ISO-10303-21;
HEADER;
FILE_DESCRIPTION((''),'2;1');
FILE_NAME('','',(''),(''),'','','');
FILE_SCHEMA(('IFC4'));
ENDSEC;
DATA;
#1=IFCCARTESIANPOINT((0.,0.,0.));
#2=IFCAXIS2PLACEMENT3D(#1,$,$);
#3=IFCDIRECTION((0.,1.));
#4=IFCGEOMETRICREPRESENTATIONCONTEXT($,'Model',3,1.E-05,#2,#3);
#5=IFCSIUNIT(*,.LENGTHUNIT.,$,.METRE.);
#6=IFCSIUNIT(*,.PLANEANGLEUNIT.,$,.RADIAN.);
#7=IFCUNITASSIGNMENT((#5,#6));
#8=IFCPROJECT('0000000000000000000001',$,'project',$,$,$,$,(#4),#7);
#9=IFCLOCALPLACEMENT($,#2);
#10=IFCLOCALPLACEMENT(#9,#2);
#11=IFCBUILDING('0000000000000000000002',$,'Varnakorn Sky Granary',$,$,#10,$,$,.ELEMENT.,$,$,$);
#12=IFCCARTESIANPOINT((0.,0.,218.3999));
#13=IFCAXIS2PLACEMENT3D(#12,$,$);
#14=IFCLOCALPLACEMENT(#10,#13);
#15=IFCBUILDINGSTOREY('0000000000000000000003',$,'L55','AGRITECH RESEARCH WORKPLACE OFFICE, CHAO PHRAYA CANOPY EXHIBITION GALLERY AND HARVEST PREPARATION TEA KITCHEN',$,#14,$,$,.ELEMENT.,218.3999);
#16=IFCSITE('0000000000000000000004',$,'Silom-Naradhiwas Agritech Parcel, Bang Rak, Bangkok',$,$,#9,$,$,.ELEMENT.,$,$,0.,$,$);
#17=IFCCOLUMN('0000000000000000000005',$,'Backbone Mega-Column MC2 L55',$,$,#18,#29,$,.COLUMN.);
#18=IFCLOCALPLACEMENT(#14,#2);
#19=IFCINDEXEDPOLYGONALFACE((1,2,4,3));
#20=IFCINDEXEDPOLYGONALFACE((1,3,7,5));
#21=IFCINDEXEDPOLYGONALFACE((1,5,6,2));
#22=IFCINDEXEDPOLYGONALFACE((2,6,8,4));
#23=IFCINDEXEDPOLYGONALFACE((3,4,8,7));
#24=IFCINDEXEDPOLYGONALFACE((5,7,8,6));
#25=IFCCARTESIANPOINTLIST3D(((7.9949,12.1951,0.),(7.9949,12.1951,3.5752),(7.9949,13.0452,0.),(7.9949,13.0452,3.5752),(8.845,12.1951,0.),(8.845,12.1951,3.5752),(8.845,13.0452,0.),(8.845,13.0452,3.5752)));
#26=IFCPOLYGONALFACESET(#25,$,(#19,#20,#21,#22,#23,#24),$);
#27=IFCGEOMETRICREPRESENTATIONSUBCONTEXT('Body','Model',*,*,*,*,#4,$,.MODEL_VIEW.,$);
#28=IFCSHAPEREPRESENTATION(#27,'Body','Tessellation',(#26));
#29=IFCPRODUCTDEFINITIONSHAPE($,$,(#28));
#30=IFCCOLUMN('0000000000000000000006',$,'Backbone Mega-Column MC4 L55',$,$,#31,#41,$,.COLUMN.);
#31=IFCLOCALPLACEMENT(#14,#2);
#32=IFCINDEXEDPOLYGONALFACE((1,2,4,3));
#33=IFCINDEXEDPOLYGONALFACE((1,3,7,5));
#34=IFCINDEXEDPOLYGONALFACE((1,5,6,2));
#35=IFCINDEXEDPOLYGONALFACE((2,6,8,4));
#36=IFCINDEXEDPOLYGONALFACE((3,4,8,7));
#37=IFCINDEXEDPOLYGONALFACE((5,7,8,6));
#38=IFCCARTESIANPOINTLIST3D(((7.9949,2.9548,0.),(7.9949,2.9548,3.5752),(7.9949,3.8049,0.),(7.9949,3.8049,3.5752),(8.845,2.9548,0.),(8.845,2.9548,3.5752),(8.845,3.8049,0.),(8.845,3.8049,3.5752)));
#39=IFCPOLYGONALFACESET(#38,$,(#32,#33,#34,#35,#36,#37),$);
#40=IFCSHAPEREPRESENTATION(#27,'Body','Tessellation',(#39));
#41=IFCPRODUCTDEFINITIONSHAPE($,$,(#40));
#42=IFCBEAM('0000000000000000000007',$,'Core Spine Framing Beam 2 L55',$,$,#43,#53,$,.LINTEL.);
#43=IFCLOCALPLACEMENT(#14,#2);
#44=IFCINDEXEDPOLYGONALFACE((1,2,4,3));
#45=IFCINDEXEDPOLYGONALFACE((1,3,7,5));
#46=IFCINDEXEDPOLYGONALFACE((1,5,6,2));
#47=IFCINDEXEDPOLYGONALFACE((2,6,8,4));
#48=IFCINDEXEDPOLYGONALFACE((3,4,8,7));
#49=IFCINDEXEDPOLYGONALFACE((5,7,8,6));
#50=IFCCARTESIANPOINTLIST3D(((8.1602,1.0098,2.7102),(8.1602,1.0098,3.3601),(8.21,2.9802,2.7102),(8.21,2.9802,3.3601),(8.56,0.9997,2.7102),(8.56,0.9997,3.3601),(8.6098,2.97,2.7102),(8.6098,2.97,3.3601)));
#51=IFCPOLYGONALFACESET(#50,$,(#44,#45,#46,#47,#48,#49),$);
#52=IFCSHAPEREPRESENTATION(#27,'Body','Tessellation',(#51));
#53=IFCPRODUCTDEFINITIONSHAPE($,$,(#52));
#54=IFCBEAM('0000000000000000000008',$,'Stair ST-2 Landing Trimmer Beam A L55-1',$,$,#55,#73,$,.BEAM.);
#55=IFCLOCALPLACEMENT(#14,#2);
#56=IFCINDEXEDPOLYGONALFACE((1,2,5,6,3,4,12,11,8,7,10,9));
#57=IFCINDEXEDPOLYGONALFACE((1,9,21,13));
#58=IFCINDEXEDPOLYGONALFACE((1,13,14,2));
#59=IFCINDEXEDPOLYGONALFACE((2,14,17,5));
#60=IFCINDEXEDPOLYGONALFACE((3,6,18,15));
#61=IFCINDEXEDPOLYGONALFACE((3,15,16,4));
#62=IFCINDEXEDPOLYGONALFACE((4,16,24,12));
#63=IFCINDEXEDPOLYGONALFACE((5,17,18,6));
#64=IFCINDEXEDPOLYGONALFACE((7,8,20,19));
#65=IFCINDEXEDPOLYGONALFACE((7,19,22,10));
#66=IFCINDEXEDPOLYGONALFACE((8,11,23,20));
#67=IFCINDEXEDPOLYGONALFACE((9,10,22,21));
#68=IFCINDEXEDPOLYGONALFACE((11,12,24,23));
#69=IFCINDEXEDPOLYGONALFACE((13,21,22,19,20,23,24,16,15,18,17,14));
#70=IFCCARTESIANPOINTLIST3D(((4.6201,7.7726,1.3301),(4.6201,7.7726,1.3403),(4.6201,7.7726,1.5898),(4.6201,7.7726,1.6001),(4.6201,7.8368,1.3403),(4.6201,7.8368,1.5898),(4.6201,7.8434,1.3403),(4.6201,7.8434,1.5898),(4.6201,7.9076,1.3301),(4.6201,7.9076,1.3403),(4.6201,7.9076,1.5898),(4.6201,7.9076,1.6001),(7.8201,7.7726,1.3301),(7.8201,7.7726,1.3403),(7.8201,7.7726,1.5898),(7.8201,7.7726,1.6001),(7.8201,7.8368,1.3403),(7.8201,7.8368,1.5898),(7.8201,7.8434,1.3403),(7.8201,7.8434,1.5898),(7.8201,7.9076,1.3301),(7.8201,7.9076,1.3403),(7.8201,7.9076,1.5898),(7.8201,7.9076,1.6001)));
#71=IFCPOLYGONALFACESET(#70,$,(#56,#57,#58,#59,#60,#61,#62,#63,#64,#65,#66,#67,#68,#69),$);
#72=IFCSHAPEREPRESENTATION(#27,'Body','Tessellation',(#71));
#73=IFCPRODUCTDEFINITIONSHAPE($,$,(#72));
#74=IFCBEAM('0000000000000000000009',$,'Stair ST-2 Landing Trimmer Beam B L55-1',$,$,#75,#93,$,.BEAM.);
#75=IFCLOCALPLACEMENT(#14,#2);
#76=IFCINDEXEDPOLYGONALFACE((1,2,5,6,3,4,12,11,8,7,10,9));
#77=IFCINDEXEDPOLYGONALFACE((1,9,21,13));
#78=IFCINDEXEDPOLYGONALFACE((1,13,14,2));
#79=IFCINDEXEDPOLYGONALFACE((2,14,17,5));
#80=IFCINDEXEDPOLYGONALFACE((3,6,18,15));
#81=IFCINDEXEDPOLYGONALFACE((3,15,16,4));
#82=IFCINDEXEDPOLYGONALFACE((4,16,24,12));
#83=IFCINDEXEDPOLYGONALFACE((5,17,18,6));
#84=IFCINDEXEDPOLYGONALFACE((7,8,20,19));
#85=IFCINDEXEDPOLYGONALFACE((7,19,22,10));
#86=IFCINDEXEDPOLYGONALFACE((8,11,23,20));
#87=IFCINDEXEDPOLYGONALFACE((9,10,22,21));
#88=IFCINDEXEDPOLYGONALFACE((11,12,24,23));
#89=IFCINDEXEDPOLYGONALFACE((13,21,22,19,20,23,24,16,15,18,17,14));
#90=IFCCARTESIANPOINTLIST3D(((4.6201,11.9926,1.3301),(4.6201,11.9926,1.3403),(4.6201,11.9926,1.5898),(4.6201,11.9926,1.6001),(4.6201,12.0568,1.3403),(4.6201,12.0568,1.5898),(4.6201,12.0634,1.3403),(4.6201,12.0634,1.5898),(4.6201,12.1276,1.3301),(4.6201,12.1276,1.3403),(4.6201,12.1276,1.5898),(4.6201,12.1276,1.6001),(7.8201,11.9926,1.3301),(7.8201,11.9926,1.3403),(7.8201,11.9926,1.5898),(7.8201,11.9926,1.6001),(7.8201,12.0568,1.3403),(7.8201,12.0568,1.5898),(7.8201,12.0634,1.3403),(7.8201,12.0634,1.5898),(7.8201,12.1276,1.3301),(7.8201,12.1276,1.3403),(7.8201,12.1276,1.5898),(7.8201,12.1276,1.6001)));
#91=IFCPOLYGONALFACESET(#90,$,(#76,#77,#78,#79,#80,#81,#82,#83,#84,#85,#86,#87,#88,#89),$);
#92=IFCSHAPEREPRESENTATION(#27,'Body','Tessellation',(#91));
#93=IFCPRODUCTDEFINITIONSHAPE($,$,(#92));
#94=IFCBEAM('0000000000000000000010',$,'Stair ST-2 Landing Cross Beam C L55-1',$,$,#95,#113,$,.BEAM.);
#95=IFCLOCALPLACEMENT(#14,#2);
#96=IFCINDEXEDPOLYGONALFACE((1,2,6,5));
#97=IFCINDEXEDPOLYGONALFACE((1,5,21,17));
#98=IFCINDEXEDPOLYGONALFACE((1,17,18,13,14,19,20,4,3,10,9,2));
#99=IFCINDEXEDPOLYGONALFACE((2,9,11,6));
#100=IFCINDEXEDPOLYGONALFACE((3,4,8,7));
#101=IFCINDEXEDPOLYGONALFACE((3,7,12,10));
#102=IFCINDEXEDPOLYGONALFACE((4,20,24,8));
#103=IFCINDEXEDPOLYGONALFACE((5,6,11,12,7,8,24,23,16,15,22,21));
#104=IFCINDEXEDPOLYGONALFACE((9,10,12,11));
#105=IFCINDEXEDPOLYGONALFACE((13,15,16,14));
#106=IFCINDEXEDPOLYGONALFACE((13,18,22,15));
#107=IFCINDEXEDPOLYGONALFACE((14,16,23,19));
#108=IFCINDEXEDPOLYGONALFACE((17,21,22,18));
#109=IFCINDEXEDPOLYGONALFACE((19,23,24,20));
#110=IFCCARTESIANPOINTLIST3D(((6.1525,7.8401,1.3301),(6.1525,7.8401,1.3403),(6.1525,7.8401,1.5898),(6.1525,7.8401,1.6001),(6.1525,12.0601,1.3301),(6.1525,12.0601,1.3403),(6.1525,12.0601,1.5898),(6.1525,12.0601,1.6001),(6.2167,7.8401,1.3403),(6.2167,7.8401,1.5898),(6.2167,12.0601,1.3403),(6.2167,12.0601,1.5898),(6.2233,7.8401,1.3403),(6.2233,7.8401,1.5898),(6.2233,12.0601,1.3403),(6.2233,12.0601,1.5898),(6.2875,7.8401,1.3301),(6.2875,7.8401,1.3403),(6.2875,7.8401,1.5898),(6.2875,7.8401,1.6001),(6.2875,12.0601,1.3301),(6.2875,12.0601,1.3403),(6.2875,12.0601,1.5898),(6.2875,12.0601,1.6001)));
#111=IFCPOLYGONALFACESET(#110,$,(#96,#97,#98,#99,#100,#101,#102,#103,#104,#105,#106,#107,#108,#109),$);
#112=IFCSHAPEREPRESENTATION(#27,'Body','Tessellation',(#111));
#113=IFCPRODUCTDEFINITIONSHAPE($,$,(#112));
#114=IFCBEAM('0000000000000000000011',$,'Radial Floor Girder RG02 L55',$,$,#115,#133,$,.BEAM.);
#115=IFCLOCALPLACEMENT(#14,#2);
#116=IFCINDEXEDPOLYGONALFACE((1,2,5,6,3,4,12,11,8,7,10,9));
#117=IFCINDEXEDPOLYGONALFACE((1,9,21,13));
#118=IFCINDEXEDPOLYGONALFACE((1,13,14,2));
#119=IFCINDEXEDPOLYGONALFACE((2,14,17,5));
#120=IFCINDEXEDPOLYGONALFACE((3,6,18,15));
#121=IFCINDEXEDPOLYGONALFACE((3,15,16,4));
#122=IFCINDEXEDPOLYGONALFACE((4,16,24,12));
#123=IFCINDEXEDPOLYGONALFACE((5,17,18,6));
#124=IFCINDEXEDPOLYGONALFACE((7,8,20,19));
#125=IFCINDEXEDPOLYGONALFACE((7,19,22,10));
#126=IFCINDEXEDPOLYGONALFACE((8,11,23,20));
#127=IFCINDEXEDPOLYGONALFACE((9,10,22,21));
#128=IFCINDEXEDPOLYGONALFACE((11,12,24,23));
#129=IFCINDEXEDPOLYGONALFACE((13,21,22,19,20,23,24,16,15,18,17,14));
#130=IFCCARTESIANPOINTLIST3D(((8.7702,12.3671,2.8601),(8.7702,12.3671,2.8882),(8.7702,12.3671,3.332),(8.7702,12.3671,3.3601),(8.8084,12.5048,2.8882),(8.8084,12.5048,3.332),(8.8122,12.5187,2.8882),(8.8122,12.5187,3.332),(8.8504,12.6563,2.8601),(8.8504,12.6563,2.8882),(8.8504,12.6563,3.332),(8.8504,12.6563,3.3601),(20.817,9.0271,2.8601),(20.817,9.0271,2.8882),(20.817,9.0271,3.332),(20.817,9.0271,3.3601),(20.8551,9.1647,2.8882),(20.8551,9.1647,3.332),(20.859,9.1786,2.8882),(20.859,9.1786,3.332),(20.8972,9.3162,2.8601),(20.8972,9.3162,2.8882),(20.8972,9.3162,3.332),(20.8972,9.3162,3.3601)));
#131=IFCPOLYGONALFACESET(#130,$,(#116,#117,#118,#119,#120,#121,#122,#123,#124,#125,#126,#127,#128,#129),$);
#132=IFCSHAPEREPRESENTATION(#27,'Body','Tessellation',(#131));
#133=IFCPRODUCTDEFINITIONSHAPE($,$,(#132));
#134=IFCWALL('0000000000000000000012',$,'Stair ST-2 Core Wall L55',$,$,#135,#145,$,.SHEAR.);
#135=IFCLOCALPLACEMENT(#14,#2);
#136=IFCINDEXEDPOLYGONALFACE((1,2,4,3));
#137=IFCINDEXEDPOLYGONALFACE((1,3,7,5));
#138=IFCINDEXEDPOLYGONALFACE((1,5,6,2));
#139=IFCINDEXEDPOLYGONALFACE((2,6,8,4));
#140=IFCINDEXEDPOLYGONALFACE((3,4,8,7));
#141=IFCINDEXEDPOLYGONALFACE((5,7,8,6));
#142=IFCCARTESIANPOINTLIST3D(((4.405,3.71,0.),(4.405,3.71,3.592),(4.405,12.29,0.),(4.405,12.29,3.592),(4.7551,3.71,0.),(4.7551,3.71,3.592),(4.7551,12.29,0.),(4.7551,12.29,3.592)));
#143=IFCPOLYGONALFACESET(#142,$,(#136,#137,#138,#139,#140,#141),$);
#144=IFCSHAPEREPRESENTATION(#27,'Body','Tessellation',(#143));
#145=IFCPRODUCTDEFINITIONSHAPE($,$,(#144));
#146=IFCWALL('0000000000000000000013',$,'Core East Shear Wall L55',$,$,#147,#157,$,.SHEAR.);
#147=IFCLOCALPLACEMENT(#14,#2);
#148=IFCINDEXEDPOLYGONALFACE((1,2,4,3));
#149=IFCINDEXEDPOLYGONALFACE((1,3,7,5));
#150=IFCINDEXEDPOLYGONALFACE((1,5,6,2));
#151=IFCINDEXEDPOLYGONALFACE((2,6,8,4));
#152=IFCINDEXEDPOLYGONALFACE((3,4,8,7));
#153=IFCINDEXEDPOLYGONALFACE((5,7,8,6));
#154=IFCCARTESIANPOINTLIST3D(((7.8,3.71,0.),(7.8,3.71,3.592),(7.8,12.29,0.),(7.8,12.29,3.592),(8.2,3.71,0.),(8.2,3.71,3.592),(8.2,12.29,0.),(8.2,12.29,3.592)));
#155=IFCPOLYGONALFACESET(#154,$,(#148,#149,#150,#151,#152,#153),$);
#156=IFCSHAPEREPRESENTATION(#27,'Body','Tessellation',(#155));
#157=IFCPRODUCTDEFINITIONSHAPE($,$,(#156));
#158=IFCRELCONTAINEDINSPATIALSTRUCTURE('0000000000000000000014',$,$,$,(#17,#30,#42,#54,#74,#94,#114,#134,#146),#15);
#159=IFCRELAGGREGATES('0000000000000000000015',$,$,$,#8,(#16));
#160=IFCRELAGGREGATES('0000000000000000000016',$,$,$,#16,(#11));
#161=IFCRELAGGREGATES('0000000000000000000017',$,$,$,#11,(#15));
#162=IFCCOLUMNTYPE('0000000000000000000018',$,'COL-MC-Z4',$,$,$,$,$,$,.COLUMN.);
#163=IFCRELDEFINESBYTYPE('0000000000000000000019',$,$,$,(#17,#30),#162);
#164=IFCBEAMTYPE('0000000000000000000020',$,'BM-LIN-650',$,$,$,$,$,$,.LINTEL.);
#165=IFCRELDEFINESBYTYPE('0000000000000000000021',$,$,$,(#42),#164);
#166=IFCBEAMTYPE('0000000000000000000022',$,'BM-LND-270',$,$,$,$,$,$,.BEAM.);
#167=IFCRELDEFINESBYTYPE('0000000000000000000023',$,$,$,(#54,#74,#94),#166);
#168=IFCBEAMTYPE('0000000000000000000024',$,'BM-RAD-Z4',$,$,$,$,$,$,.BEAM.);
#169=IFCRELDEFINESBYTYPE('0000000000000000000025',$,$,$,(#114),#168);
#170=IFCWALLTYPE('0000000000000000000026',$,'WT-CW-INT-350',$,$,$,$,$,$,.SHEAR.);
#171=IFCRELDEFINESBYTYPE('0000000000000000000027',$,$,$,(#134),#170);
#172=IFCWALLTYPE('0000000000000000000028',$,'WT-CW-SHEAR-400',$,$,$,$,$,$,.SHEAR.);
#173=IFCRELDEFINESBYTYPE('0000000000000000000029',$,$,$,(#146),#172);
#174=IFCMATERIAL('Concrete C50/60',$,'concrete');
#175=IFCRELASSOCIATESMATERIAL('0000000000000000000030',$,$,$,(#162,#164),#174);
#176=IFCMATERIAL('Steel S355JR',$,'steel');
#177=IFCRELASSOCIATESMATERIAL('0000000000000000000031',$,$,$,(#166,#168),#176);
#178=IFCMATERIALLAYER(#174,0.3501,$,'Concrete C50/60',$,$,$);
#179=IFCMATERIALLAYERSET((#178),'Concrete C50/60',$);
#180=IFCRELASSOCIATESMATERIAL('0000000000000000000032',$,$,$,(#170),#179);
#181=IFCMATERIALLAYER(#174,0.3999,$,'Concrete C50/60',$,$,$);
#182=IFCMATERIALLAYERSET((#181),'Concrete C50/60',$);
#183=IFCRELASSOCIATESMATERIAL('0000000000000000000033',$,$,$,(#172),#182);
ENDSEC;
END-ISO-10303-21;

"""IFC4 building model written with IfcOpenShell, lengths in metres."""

from ifc_helpers import new_model, si_unit, direction, frame, frame_2d, origin, origin_2d, place, context, subcontext, project, spatial, rectangle, i_section, extrude, material, layer, layer_set, material_profile, profile_set, type_object, element, save


model = new_model("IFC4")

# Units and contexts
model_context = context("Model", 3, precision=1e-05, world=origin(), true_north=direction((0.0, 1.0)))
body_context = subcontext(model_context, "Body", "Model", "MODEL_VIEW")
ifc_project = project(units=[si_unit("LENGTHUNIT", "METRE"), si_unit("PLANEANGLEUNIT", "RADIAN")], contexts=[model_context])

# Site, building, storey
site_placement = place(None, origin())
site = spatial("IfcSite", under=ifc_project, at=site_placement, Name="Silom-Naradhiwas Agritech Parcel, Bang Rak, Bangkok", CompositionType="ELEMENT", RefElevation=0.0)
building_placement = place(site_placement, origin())
building = spatial("IfcBuilding", under=site, at=building_placement, Name="Varnakorn Sky Granary", CompositionType="ELEMENT")
storey_placement = place(building_placement, frame((0.0, 0.0, 218.3999)))
storey = spatial("IfcBuildingStorey", under=building, at=storey_placement, Name="L55", Description="AGRITECH RESEARCH WORKPLACE OFFICE, CHAO PHRAYA CANOPY EXHIBITION GALLERY AND HARVEST PREPARATION TEA KITCHEN", CompositionType="ELEMENT", Elevation=218.3999)

# Columns
ifc_material_1 = material(Name="Concrete C50/60", Category="concrete")
ifc_material_profile_1 = material_profile(ifc_material_1, rectangle(XDim=0.8501, YDim=0.8501, at=origin_2d()), Name="RC 850x850")
ifc_profile_set_1 = profile_set([ifc_material_profile_1], Name="Concrete C50/60")
column_type = type_object("IfcColumnType", Name="COL-MC-Z4", PredefinedType="COLUMN", material=ifc_profile_set_1)
for number, where, z_axis, x_axis, name in (
    (1, (8.4199, 12.6201, 0.0), (0.0, 0.0, 1.0), (1.0, 0.0, 0.0), "Backbone Mega-Column MC2 L55"),
    (2, (8.4199, 3.3799, 0.0), (0.0, 0.0, 1.0), (1.0, 0.0, 0.0), "Backbone Mega-Column MC4 L55"),
):
    element("IfcColumn", number, at=place(storey_placement, frame(where, z_axis=z_axis, x_axis=x_axis)), inside=storey, type_object=column_type, Name=name, PredefinedType="COLUMN", context=body_context, shape_type="SweptSolid", body=[
        extrude(rectangle(XDim=0.8501, YDim=0.8501, at=origin_2d()), origin(), (0.0, 0.0, 1.0), 3.5752),
    ])

# Beams
ifc_material_profile_2 = material_profile(ifc_material_1, rectangle(XDim=0.3999, YDim=0.6499, at=origin_2d()), Name="RC 400x650")
ifc_profile_set_2 = profile_set([ifc_material_profile_2], Name="Concrete C50/60")
beam_type_1 = type_object("IfcBeamType", Name="BM-LIN-650", PredefinedType="LINTEL", material=ifc_profile_set_2)
beam_1_placement = place(storey_placement, frame((8.4099, 2.9751, 3.0352), z_axis=(-0.025271, -0.999681, 0.0), x_axis=(0.999681, -0.025271, 0.0)))
element("IfcBeam", 3, at=beam_1_placement, inside=storey, type_object=beam_type_1, Name="Core Spine Framing Beam 2 L55", PredefinedType="LINTEL", context=body_context, shape_type="SweptSolid", body=[
    extrude(rectangle(XDim=0.3999, YDim=0.6499, at=origin_2d()), origin(), (0.0, 0.0, 1.0), 1.9709),
])
ifc_material_2 = material(Name="Steel S355JR", Category="steel")
ifc_material_profile_3 = material_profile(ifc_material_2, i_section(OverallWidth=0.135, OverallDepth=0.27, WebThickness=0.0066, FlangeThickness=0.0103, at=origin_2d()), Name="IPE 270")
ifc_profile_set_3 = profile_set([ifc_material_profile_3], Name="Steel S355JR")
beam_type_2 = type_object("IfcBeamType", Name="BM-LND-270", PredefinedType="BEAM", material=ifc_profile_set_3)
for number, where, z_axis, x_axis, name in (
    (4, (4.6201, 7.8401, 1.4651), (1.0, 0.0, 0.0), (0.0, 1.0, 0.0), "Stair ST-2 Landing Trimmer Beam A L55-1"),
    (5, (4.6201, 12.0601, 1.4651), (1.0, 0.0, 0.0), (0.0, 1.0, 0.0), "Stair ST-2 Landing Trimmer Beam B L55-1"),
):
    element("IfcBeam", number, at=place(storey_placement, frame(where, z_axis=z_axis, x_axis=x_axis)), inside=storey, type_object=beam_type_2, Name=name, PredefinedType="BEAM", context=body_context, shape_type="SweptSolid", body=[
        extrude(i_section(OverallWidth=0.135, OverallDepth=0.27, WebThickness=0.0066, FlangeThickness=0.0103, at=origin_2d()), origin(), (0.0, 0.0, 1.0), 3.2),
    ])
beam_2_placement = place(storey_placement, frame((6.22, 7.8401, 1.4651), z_axis=(0.0, 1.0, 0.0), x_axis=(-1.0, 0.0, 0.0)))
element("IfcBeam", 6, at=beam_2_placement, inside=storey, type_object=beam_type_2, Name="Stair ST-2 Landing Cross Beam C L55-1", PredefinedType="BEAM", context=body_context, shape_type="SweptSolid", body=[
    extrude(i_section(OverallWidth=0.135, OverallDepth=0.27, WebThickness=0.0066, FlangeThickness=0.0103, at=origin_2d()), origin(), (0.0, 0.0, 1.0), 4.22),
])
ifc_material_profile_4 = material_profile(ifc_material_2, i_section(OverallWidth=0.3, OverallDepth=0.5, WebThickness=0.0144, FlangeThickness=0.0281, at=origin_2d()), Name="HE 500 B")
ifc_profile_set_4 = profile_set([ifc_material_profile_4], Name="Steel S355JR")
beam_type_3 = type_object("IfcBeamType", Name="BM-RAD-Z4", PredefinedType="BEAM", material=ifc_profile_set_4)
beam_3_placement = place(storey_placement, frame((8.8103, 12.5117, 3.1101), z_axis=(0.963647, -0.267178, 0.0), x_axis=(0.267178, 0.963647, 0.0)))
element("IfcBeam", 7, at=beam_3_placement, inside=storey, type_object=beam_type_3, Name="Radial Floor Girder RG02 L55", PredefinedType="BEAM", context=body_context, shape_type="SweptSolid", body=[
    extrude(i_section(OverallWidth=0.3, OverallDepth=0.5, WebThickness=0.0144, FlangeThickness=0.0281, at=origin_2d()), origin(), (0.0, 0.0, 1.0), 12.5012),
])

# Walls
ifc_layer_1 = layer(ifc_material_1, 0.3501, Name="Concrete C50/60")
ifc_layer_set_1 = layer_set([ifc_layer_1], Name="Concrete C50/60")
wall_type_1 = type_object("IfcWallType", Name="WT-CW-INT-350", PredefinedType="SHEAR", material=ifc_layer_set_1)
wall_1_placement = place(storey_placement, frame((4.5801, 3.71, 0.0), z_axis=(0.0, 0.0, 1.0), x_axis=(0.0, 1.0, 0.0)))
element("IfcWall", 8, at=wall_1_placement, inside=storey, type_object=wall_type_1, Name="Stair ST-2 Core Wall L55", PredefinedType="SHEAR", context=body_context, shape_type="SweptSolid", body=[
    extrude(rectangle(XDim=8.5801, YDim=0.3501, at=frame_2d((4.29, 0.0))), origin(), (0.0, 0.0, 1.0), 3.592),
])
ifc_layer_2 = layer(ifc_material_1, 0.3999, Name="Concrete C50/60")
ifc_layer_set_2 = layer_set([ifc_layer_2], Name="Concrete C50/60")
wall_type_2 = type_object("IfcWallType", Name="WT-CW-SHEAR-400", PredefinedType="SHEAR", material=ifc_layer_set_2)
wall_2_placement = place(storey_placement, frame((8.0, 3.71, 0.0), z_axis=(0.0, 0.0, 1.0), x_axis=(0.0, 1.0, 0.0)))
element("IfcWall", 9, at=wall_2_placement, inside=storey, type_object=wall_type_2, Name="Core East Shear Wall L55", PredefinedType="SHEAR", context=body_context, shape_type="SweptSolid", body=[
    extrude(rectangle(XDim=8.5801, YDim=0.3999, at=frame_2d((4.29, 0.0))), origin(), (0.0, 0.0, 1.0), 3.592),
])

save(model, "model.ifc")
